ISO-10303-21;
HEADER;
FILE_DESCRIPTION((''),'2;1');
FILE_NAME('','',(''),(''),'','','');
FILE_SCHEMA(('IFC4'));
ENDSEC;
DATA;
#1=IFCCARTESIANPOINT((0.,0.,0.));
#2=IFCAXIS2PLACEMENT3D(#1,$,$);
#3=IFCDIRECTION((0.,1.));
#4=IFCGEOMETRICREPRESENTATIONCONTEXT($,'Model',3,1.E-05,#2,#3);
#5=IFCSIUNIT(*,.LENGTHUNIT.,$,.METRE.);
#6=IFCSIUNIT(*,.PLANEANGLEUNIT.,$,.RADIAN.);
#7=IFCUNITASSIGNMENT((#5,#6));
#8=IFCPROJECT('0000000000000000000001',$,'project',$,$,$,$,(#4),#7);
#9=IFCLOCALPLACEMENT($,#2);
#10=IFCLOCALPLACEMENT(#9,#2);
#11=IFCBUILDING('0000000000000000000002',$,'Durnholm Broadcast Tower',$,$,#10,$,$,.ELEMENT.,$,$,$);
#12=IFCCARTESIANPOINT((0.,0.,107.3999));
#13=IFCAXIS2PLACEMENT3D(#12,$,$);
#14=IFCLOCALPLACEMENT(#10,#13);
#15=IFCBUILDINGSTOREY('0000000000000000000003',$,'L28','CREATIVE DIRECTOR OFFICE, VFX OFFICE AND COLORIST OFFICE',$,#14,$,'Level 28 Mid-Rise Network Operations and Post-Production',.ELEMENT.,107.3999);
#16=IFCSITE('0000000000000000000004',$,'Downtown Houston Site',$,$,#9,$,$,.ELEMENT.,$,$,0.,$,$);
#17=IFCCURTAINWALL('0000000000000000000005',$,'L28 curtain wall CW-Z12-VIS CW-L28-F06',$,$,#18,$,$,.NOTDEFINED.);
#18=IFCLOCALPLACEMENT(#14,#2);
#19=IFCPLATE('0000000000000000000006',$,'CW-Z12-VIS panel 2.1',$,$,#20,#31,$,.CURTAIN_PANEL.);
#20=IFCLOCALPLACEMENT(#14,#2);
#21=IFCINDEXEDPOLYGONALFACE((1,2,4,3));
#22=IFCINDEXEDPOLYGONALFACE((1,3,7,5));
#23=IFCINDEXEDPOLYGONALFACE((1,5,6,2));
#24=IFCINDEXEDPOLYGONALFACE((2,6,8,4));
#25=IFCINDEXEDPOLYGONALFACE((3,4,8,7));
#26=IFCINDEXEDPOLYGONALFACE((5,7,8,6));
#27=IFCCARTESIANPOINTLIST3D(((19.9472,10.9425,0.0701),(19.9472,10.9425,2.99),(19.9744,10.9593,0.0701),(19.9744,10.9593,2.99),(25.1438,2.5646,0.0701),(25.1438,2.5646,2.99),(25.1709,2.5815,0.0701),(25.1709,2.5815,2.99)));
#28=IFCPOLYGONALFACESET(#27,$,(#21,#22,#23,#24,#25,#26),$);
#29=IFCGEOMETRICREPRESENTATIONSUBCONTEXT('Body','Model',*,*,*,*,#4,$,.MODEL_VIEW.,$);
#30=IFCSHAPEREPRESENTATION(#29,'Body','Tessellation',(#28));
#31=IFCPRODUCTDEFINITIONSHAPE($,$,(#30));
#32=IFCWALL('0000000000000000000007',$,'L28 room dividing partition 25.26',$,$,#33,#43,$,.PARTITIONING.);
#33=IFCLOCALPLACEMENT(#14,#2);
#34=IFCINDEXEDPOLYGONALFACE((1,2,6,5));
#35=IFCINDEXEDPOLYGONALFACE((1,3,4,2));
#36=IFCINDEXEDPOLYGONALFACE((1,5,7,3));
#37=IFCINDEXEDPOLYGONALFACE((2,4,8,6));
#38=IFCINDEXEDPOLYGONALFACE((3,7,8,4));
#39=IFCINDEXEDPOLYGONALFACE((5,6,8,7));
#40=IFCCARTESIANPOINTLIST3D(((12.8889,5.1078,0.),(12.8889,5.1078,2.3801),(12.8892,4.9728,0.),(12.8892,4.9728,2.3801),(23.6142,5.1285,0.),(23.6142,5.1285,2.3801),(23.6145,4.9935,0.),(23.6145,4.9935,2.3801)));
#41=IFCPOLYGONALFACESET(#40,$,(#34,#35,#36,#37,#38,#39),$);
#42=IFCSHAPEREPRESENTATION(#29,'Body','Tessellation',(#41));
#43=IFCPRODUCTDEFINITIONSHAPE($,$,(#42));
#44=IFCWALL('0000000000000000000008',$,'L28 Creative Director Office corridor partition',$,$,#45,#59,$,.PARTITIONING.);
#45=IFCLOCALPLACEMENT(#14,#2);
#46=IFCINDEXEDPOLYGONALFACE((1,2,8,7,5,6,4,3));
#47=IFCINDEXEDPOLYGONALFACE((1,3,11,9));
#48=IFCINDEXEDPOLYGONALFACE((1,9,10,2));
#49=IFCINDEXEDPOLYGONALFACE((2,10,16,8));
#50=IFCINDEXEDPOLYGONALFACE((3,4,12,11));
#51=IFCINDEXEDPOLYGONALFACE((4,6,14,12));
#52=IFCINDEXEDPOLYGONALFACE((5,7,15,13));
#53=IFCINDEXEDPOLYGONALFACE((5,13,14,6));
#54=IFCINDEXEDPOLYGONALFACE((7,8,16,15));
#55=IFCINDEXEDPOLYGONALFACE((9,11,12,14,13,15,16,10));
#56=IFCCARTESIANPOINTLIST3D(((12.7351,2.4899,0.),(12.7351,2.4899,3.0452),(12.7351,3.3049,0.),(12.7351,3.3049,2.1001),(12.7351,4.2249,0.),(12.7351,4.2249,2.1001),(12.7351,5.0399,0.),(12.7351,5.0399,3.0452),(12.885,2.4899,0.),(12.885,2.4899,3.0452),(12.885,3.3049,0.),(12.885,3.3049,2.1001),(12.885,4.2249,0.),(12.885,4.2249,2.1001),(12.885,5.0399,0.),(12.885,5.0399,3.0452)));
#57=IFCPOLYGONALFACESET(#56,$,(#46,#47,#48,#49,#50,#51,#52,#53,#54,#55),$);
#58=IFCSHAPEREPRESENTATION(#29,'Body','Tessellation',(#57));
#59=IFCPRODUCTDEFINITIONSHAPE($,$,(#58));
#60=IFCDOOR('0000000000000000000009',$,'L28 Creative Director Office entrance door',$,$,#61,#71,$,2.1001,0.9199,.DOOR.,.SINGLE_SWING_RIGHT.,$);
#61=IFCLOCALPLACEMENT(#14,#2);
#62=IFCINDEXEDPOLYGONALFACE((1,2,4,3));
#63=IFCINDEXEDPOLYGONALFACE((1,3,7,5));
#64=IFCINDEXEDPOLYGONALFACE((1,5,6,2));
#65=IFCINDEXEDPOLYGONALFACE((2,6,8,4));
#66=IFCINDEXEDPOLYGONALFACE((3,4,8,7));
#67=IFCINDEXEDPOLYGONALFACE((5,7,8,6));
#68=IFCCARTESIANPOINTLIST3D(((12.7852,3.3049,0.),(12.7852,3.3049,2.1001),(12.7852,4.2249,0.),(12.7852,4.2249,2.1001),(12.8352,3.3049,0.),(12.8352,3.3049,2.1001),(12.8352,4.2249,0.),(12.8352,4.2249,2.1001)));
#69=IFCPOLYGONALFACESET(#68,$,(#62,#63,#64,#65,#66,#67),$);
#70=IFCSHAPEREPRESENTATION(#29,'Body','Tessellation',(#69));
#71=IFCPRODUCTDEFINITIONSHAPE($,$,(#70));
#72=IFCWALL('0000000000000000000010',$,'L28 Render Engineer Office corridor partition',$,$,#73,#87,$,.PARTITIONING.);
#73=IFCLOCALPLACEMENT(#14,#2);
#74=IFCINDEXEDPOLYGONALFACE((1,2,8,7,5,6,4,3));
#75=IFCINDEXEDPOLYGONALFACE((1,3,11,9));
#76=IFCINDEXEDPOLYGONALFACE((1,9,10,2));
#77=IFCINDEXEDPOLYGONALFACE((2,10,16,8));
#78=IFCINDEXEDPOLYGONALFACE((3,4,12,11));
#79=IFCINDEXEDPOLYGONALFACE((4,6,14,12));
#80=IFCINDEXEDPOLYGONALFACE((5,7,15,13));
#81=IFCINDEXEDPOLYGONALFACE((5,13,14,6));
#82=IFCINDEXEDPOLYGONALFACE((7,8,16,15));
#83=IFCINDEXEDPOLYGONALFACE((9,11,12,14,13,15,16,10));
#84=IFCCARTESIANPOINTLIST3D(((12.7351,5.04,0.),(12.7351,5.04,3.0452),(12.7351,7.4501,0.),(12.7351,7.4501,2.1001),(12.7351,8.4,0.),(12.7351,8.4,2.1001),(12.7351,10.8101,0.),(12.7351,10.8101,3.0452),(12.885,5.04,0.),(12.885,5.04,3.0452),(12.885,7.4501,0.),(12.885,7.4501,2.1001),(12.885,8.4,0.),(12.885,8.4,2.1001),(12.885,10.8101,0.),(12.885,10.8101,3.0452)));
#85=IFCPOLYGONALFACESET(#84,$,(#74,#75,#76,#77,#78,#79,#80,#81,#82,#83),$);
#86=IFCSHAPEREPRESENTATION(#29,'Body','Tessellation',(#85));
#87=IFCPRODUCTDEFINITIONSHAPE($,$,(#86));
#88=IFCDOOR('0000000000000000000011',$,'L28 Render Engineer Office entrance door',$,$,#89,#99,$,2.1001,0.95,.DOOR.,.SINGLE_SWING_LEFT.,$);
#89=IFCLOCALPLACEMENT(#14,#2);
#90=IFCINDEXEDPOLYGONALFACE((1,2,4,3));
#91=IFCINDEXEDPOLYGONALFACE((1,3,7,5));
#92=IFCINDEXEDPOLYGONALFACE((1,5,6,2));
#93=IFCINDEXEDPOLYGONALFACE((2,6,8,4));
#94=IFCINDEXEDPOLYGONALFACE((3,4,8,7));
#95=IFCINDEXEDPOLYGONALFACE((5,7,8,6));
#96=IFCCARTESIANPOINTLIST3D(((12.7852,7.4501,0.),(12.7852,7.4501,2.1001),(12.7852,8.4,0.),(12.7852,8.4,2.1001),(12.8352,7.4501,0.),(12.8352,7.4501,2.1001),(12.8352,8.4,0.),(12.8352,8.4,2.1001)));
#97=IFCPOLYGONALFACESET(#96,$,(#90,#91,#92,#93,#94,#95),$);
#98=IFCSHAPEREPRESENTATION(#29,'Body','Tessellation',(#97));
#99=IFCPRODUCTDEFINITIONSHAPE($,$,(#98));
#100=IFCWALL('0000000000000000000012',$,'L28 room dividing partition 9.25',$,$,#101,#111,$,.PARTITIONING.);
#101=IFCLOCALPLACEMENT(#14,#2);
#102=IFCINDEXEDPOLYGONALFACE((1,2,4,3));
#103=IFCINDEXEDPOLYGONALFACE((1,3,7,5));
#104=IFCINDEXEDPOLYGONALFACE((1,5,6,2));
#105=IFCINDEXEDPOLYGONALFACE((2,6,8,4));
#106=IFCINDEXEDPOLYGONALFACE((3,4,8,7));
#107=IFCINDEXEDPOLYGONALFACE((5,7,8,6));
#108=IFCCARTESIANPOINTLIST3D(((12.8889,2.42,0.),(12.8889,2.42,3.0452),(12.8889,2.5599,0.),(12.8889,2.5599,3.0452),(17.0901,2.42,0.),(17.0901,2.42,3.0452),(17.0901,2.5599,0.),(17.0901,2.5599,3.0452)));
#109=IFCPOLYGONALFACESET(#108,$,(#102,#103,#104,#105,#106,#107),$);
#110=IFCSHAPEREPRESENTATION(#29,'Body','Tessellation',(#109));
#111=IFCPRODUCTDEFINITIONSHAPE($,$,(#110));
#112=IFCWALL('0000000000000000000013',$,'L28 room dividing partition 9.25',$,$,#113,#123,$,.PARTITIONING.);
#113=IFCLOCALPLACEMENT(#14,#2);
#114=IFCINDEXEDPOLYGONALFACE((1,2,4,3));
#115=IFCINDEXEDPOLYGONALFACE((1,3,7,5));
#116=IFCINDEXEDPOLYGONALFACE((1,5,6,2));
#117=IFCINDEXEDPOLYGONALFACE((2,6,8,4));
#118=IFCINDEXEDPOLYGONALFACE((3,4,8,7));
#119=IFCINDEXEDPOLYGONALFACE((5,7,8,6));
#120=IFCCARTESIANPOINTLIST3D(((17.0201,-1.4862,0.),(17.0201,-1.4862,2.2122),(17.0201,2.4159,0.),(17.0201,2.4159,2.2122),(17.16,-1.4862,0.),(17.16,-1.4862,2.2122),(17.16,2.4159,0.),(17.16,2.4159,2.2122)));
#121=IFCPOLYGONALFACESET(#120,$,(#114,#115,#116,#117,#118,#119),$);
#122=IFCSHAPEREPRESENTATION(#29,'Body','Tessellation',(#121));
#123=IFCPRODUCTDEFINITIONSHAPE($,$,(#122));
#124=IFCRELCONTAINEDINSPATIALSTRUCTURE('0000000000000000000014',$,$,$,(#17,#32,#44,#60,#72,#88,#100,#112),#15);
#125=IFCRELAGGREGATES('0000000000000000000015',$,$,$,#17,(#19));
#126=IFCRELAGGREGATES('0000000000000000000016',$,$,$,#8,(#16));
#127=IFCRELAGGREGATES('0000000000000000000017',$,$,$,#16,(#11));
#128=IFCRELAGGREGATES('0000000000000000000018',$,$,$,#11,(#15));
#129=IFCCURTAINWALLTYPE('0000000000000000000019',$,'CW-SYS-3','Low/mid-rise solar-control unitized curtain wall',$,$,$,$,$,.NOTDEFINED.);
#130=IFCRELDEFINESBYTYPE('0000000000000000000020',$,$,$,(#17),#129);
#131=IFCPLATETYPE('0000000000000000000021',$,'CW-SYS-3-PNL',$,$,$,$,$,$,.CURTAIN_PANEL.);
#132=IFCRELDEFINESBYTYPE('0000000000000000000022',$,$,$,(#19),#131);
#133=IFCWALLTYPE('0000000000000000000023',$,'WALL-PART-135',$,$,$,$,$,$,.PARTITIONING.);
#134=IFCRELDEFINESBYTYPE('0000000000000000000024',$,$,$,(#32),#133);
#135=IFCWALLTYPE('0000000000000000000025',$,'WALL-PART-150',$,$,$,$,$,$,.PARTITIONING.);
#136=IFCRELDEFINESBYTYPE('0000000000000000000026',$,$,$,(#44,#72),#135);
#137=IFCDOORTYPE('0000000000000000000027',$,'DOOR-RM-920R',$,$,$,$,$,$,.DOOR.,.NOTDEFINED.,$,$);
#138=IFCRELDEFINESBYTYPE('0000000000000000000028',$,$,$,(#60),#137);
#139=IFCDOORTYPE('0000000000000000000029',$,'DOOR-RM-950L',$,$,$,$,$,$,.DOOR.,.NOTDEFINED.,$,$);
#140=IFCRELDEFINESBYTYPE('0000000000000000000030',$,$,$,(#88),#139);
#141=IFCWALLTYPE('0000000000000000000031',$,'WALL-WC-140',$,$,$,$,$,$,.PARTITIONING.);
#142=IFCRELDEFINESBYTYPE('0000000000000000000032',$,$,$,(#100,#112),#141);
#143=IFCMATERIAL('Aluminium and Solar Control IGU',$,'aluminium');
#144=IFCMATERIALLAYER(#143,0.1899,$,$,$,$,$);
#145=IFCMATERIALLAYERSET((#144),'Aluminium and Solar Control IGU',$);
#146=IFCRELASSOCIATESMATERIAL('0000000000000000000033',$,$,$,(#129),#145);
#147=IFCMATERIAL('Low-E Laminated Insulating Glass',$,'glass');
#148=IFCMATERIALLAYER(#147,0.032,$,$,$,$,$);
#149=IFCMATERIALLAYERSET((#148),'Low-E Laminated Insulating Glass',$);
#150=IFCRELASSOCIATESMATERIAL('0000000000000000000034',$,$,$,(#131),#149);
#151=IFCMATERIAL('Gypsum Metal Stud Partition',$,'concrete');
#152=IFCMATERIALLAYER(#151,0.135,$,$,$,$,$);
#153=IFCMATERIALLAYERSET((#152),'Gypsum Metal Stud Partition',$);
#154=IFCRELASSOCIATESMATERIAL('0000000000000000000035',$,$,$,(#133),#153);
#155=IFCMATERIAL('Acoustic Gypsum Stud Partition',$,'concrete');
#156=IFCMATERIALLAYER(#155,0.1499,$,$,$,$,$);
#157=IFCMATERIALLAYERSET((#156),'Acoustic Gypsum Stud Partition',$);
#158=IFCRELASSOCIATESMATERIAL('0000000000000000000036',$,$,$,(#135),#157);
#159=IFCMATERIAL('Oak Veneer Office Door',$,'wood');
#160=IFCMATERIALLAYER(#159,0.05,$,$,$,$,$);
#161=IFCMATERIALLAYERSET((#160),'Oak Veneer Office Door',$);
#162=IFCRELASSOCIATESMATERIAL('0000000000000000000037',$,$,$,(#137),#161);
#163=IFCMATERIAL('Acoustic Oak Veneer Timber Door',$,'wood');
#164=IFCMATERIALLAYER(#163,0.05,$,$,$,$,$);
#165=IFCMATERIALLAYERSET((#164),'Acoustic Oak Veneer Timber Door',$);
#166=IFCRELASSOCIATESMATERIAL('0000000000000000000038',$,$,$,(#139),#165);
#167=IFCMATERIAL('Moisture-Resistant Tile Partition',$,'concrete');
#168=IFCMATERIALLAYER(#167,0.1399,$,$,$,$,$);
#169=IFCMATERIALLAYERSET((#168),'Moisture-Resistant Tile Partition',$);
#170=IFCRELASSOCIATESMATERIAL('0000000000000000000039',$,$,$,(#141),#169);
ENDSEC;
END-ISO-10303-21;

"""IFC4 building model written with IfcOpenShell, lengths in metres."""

from ifc_helpers import new_model, si_unit, direction, frame, frame_2d, origin, origin_2d, place, context, subcontext, project, spatial, rectangle, extrude, source, transform, mapped, material, layer, layer_set, type_object, type_shapes, element, fill, aggregate, save


model = new_model("IFC4")

# Units and contexts
model_context = context("Model", 3, precision=1e-05, world=origin(), true_north=direction((0.0, 1.0)))
body_context = subcontext(model_context, "Body", "Model", "MODEL_VIEW")
ifc_project = project(units=[si_unit("LENGTHUNIT", "METRE"), si_unit("PLANEANGLEUNIT", "RADIAN")], contexts=[model_context])

# Site, building, storey
site_placement = place(None, origin())
site = spatial("IfcSite", under=ifc_project, at=site_placement, Name="Downtown Houston Site", CompositionType="ELEMENT", RefElevation=0.0)
building_placement = place(site_placement, origin())
building = spatial("IfcBuilding", under=site, at=building_placement, Name="Durnholm Broadcast Tower", CompositionType="ELEMENT")
storey_placement = place(building_placement, frame((0.0, 0.0, 107.3999)))
storey = spatial("IfcBuildingStorey", under=building, at=storey_placement, Name="L28", Description="CREATIVE DIRECTOR OFFICE, VFX OFFICE AND COLORIST OFFICE", LongName="Level 28 Mid-Rise Network Operations and Post-Production", CompositionType="ELEMENT", Elevation=107.3999)

# Curtain wall
ifc_material_1 = material(Name="Aluminium and Solar Control IGU", Category="aluminium")
ifc_layer_1 = layer(ifc_material_1, 0.1899)
ifc_layer_set_1 = layer_set([ifc_layer_1], Name="Aluminium and Solar Control IGU")
curtain_wall_type_1 = type_object("IfcCurtainWallType", Name="CW-SYS-3", Description="Low/mid-rise solar-control unitized curtain wall", PredefinedType="NOTDEFINED", material=ifc_layer_set_1)
curtain_wall_1_placement = place(storey_placement, origin())
curtain_wall_1 = element("IfcCurtainWall", 1, at=curtain_wall_1_placement, inside=storey, type_object=curtain_wall_type_1, Name="L28 curtain wall CW-Z12-VIS CW-L28-F06", PredefinedType="NOTDEFINED")

# Plate
ifc_material_2 = material(Name="Low-E Laminated Insulating Glass", Category="glass")
ifc_layer_2 = layer(ifc_material_2, 0.032)
ifc_layer_set_2 = layer_set([ifc_layer_2], Name="Low-E Laminated Insulating Glass")
plate_type_1 = type_object("IfcPlateType", Name="CW-SYS-3-PNL", PredefinedType="CURTAIN_PANEL", material=ifc_layer_set_2)
shared_shape_1 = source(origin(), body_context, "Body", "SweptSolid", [
    extrude(rectangle(XDim=9.8586, YDim=0.032, at=origin_2d()), origin(), (0.0, 0.0, 1.0), 2.9199),
])
type_shapes(plate_type_1, [shared_shape_1])
plate_1_placement = place(storey_placement, frame((22.5591, 6.762, 0.0701), z_axis=(0.0, 0.0, 1.0), x_axis=(0.527105, -0.8498, 0.0)))
plate_1 = element("IfcPlate", 2, at=plate_1_placement, type_object=plate_type_1, Name="CW-Z12-VIS panel 2.1", PredefinedType="CURTAIN_PANEL", context=body_context, shape_type="MappedRepresentation", body=[
    mapped(shared_shape_1, transform((0.0, 0.0, 0.0), x_axis=(1.0, 0.0, 0.0), y_axis=(0.0, 1.0, 0.0), z_axis=(0.0, 0.0, 1.0), scale=1.0)),
])
aggregate(curtain_wall_1, [plate_1])

# Wall
ifc_material_3 = material(Name="Gypsum Metal Stud Partition", Category="concrete")
ifc_layer_3 = layer(ifc_material_3, 0.135)
ifc_layer_set_3 = layer_set([ifc_layer_3], Name="Gypsum Metal Stud Partition")
wall_type_1 = type_object("IfcWallType", Name="WALL-PART-135", PredefinedType="PARTITIONING", material=ifc_layer_set_3)
wall_1_placement = place(storey_placement, frame((12.8889, 5.0403, 0.0), z_axis=(0.0, 0.0, 1.0), x_axis=(0.999998, 0.001935, 0.0)))
element("IfcWall", 3, at=wall_1_placement, inside=storey, type_object=wall_type_1, Name="L28 room dividing partition 25.26", PredefinedType="PARTITIONING", context=body_context, shape_type="SweptSolid", body=[
    extrude(rectangle(XDim=10.7253, YDim=0.135, at=frame_2d((5.3628, 0.0))), origin(), (0.0, 0.0, 1.0), 2.3801),
])

# Walls, openings, doors
ifc_material_4 = material(Name="Acoustic Gypsum Stud Partition", Category="concrete")
ifc_layer_4 = layer(ifc_material_4, 0.1499)
ifc_layer_set_4 = layer_set([ifc_layer_4], Name="Acoustic Gypsum Stud Partition")
wall_type_2 = type_object("IfcWallType", Name="WALL-PART-150", PredefinedType="PARTITIONING", material=ifc_layer_set_4)
wall_2_placement = place(storey_placement, frame((12.8101, 2.49, 0.0), z_axis=(0.0, 0.0, 1.0), x_axis=(0.0, 1.0, 0.0)))
wall_2 = element("IfcWall", 4, at=wall_2_placement, inside=storey, type_object=wall_type_2, Name="L28 Creative Director Office corridor partition", PredefinedType="PARTITIONING", context=body_context, shape_type="SweptSolid", body=[
    extrude(rectangle(XDim=2.55, YDim=0.1499, at=frame_2d((1.2749, 0.0))), origin(), (0.0, 0.0, 1.0), 3.0452),
])
opening_1_placement = place(wall_2_placement, frame((0.8149, 0.0, 0.0)))
opening_1 = element("IfcOpeningElement", 5, at=opening_1_placement, cuts=wall_2, PredefinedType="OPENING", context=body_context, shape_type="SweptSolid", body=[
    extrude(rectangle(XDim=0.9199, YDim=2.1001, at=frame_2d((0.46, 1.05))), frame((0.0, 0.085, 0.0), z_axis=(0.0, -1.0, 0.0), x_axis=(1.0, 0.0, 0.0)), (0.0, 0.0, 1.0), 0.1699),
])
ifc_material_5 = material(Name="Oak Veneer Office Door", Category="wood")
ifc_layer_5 = layer(ifc_material_5, 0.05)
ifc_layer_set_5 = layer_set([ifc_layer_5], Name="Oak Veneer Office Door")
door_type_1 = type_object("IfcDoorType", Name="DOOR-RM-920R", OperationType="NOTDEFINED", PredefinedType="DOOR", material=ifc_layer_set_5)
shared_shape_2 = source(origin(), body_context, "Body", "SweptSolid", [
    extrude(rectangle(XDim=0.9199, YDim=2.1001, at=frame_2d((0.46, 1.05))), frame((0.0, 0.0249, 0.0), z_axis=(0.0, -1.0, 0.0), x_axis=(1.0, 0.0, 0.0)), (0.0, 0.0, 1.0), 0.05),
])
type_shapes(door_type_1, [shared_shape_2])
door_1_placement = place(opening_1_placement, origin())
door_1 = element("IfcDoor", 6, at=door_1_placement, inside=storey, type_object=door_type_1, Name="L28 Creative Director Office entrance door", OperationType="SINGLE_SWING_RIGHT", OverallHeight=2.1001, OverallWidth=0.9199, PredefinedType="DOOR", context=body_context, shape_type="MappedRepresentation", body=[
    mapped(shared_shape_2, transform((0.0, 0.0, 0.0), x_axis=(1.0, 0.0, 0.0), y_axis=(0.0, 1.0, 0.0), z_axis=(0.0, 0.0, 1.0), scale=1.0)),
])
fill(opening_1, door_1)
wall_3_placement = place(storey_placement, frame((12.8101, 5.04, 0.0), z_axis=(0.0, 0.0, 1.0), x_axis=(0.0, 1.0, 0.0)))
wall_3 = element("IfcWall", 7, at=wall_3_placement, inside=storey, type_object=wall_type_2, Name="L28 Render Engineer Office corridor partition", PredefinedType="PARTITIONING", context=body_context, shape_type="SweptSolid", body=[
    extrude(rectangle(XDim=5.77, YDim=0.1499, at=frame_2d((2.885, 0.0))), origin(), (0.0, 0.0, 1.0), 3.0452),
])
opening_2_placement = place(wall_3_placement, frame((2.4099, 0.0, 0.0)))
opening_2 = element("IfcOpeningElement", 8, at=opening_2_placement, cuts=wall_3, PredefinedType="OPENING", context=body_context, shape_type="SweptSolid", body=[
    extrude(rectangle(XDim=0.95, YDim=2.1001, at=frame_2d((0.4751, 1.05))), frame((0.0, 0.085, 0.0), z_axis=(0.0, -1.0, 0.0), x_axis=(1.0, 0.0, 0.0)), (0.0, 0.0, 1.0), 0.1699),
])
ifc_material_6 = material(Name="Acoustic Oak Veneer Timber Door", Category="wood")
ifc_layer_6 = layer(ifc_material_6, 0.05)
ifc_layer_set_6 = layer_set([ifc_layer_6], Name="Acoustic Oak Veneer Timber Door")
door_type_2 = type_object("IfcDoorType", Name="DOOR-RM-950L", OperationType="NOTDEFINED", PredefinedType="DOOR", material=ifc_layer_set_6)
shared_shape_3 = source(origin(), body_context, "Body", "SweptSolid", [
    extrude(rectangle(XDim=0.95, YDim=2.1001, at=frame_2d((0.4751, 1.05))), frame((0.0, 0.0249, 0.0), z_axis=(0.0, -1.0, 0.0), x_axis=(1.0, 0.0, 0.0)), (0.0, 0.0, 1.0), 0.05),
])
type_shapes(door_type_2, [shared_shape_3])
door_2_placement = place(opening_2_placement, origin())
door_2 = element("IfcDoor", 9, at=door_2_placement, inside=storey, type_object=door_type_2, Name="L28 Render Engineer Office entrance door", OperationType="SINGLE_SWING_LEFT", OverallHeight=2.1001, OverallWidth=0.95, PredefinedType="DOOR", context=body_context, shape_type="MappedRepresentation", body=[
    mapped(shared_shape_3, transform((0.0, 0.0, 0.0), x_axis=(1.0, 0.0, 0.0), y_axis=(0.0, 1.0, 0.0), z_axis=(0.0, 0.0, 1.0), scale=1.0)),
])
fill(opening_2, door_2)

# Walls
ifc_material_7 = material(Name="Moisture-Resistant Tile Partition", Category="concrete")
ifc_layer_7 = layer(ifc_material_7, 0.1399)
ifc_layer_set_7 = layer_set([ifc_layer_7], Name="Moisture-Resistant Tile Partition")
wall_type_3 = type_object("IfcWallType", Name="WALL-WC-140", PredefinedType="PARTITIONING", material=ifc_layer_set_7)
wall_4_placement = place(storey_placement, frame((12.8889, 2.49, 0.0), z_axis=(0.0, 0.0, 1.0), x_axis=(1.0, 0.0, 0.0)))
element("IfcWall", 10, at=wall_4_placement, inside=storey, type_object=wall_type_3, Name="L28 room dividing partition 9.25", PredefinedType="PARTITIONING", context=body_context, shape_type="SweptSolid", body=[
    extrude(rectangle(XDim=4.2012, YDim=0.1399, at=frame_2d((2.1006, 0.0))), origin(), (0.0, 0.0, 1.0), 3.0452),
])
wall_5_placement = place(storey_placement, frame((17.0901, 2.416, 0.0), z_axis=(0.0, 0.0, 1.0), x_axis=(0.0, -1.0, 0.0)))
element("IfcWall", 11, at=wall_5_placement, inside=storey, type_object=wall_type_3, Name="L28 room dividing partition 9.25", PredefinedType="PARTITIONING", context=body_context, shape_type="SweptSolid", body=[
    extrude(rectangle(XDim=3.9021, YDim=0.1399, at=frame_2d((1.9512, 0.0))), origin(), (0.0, 0.0, 1.0), 2.2122),
])

save(model, "model.ifc")
